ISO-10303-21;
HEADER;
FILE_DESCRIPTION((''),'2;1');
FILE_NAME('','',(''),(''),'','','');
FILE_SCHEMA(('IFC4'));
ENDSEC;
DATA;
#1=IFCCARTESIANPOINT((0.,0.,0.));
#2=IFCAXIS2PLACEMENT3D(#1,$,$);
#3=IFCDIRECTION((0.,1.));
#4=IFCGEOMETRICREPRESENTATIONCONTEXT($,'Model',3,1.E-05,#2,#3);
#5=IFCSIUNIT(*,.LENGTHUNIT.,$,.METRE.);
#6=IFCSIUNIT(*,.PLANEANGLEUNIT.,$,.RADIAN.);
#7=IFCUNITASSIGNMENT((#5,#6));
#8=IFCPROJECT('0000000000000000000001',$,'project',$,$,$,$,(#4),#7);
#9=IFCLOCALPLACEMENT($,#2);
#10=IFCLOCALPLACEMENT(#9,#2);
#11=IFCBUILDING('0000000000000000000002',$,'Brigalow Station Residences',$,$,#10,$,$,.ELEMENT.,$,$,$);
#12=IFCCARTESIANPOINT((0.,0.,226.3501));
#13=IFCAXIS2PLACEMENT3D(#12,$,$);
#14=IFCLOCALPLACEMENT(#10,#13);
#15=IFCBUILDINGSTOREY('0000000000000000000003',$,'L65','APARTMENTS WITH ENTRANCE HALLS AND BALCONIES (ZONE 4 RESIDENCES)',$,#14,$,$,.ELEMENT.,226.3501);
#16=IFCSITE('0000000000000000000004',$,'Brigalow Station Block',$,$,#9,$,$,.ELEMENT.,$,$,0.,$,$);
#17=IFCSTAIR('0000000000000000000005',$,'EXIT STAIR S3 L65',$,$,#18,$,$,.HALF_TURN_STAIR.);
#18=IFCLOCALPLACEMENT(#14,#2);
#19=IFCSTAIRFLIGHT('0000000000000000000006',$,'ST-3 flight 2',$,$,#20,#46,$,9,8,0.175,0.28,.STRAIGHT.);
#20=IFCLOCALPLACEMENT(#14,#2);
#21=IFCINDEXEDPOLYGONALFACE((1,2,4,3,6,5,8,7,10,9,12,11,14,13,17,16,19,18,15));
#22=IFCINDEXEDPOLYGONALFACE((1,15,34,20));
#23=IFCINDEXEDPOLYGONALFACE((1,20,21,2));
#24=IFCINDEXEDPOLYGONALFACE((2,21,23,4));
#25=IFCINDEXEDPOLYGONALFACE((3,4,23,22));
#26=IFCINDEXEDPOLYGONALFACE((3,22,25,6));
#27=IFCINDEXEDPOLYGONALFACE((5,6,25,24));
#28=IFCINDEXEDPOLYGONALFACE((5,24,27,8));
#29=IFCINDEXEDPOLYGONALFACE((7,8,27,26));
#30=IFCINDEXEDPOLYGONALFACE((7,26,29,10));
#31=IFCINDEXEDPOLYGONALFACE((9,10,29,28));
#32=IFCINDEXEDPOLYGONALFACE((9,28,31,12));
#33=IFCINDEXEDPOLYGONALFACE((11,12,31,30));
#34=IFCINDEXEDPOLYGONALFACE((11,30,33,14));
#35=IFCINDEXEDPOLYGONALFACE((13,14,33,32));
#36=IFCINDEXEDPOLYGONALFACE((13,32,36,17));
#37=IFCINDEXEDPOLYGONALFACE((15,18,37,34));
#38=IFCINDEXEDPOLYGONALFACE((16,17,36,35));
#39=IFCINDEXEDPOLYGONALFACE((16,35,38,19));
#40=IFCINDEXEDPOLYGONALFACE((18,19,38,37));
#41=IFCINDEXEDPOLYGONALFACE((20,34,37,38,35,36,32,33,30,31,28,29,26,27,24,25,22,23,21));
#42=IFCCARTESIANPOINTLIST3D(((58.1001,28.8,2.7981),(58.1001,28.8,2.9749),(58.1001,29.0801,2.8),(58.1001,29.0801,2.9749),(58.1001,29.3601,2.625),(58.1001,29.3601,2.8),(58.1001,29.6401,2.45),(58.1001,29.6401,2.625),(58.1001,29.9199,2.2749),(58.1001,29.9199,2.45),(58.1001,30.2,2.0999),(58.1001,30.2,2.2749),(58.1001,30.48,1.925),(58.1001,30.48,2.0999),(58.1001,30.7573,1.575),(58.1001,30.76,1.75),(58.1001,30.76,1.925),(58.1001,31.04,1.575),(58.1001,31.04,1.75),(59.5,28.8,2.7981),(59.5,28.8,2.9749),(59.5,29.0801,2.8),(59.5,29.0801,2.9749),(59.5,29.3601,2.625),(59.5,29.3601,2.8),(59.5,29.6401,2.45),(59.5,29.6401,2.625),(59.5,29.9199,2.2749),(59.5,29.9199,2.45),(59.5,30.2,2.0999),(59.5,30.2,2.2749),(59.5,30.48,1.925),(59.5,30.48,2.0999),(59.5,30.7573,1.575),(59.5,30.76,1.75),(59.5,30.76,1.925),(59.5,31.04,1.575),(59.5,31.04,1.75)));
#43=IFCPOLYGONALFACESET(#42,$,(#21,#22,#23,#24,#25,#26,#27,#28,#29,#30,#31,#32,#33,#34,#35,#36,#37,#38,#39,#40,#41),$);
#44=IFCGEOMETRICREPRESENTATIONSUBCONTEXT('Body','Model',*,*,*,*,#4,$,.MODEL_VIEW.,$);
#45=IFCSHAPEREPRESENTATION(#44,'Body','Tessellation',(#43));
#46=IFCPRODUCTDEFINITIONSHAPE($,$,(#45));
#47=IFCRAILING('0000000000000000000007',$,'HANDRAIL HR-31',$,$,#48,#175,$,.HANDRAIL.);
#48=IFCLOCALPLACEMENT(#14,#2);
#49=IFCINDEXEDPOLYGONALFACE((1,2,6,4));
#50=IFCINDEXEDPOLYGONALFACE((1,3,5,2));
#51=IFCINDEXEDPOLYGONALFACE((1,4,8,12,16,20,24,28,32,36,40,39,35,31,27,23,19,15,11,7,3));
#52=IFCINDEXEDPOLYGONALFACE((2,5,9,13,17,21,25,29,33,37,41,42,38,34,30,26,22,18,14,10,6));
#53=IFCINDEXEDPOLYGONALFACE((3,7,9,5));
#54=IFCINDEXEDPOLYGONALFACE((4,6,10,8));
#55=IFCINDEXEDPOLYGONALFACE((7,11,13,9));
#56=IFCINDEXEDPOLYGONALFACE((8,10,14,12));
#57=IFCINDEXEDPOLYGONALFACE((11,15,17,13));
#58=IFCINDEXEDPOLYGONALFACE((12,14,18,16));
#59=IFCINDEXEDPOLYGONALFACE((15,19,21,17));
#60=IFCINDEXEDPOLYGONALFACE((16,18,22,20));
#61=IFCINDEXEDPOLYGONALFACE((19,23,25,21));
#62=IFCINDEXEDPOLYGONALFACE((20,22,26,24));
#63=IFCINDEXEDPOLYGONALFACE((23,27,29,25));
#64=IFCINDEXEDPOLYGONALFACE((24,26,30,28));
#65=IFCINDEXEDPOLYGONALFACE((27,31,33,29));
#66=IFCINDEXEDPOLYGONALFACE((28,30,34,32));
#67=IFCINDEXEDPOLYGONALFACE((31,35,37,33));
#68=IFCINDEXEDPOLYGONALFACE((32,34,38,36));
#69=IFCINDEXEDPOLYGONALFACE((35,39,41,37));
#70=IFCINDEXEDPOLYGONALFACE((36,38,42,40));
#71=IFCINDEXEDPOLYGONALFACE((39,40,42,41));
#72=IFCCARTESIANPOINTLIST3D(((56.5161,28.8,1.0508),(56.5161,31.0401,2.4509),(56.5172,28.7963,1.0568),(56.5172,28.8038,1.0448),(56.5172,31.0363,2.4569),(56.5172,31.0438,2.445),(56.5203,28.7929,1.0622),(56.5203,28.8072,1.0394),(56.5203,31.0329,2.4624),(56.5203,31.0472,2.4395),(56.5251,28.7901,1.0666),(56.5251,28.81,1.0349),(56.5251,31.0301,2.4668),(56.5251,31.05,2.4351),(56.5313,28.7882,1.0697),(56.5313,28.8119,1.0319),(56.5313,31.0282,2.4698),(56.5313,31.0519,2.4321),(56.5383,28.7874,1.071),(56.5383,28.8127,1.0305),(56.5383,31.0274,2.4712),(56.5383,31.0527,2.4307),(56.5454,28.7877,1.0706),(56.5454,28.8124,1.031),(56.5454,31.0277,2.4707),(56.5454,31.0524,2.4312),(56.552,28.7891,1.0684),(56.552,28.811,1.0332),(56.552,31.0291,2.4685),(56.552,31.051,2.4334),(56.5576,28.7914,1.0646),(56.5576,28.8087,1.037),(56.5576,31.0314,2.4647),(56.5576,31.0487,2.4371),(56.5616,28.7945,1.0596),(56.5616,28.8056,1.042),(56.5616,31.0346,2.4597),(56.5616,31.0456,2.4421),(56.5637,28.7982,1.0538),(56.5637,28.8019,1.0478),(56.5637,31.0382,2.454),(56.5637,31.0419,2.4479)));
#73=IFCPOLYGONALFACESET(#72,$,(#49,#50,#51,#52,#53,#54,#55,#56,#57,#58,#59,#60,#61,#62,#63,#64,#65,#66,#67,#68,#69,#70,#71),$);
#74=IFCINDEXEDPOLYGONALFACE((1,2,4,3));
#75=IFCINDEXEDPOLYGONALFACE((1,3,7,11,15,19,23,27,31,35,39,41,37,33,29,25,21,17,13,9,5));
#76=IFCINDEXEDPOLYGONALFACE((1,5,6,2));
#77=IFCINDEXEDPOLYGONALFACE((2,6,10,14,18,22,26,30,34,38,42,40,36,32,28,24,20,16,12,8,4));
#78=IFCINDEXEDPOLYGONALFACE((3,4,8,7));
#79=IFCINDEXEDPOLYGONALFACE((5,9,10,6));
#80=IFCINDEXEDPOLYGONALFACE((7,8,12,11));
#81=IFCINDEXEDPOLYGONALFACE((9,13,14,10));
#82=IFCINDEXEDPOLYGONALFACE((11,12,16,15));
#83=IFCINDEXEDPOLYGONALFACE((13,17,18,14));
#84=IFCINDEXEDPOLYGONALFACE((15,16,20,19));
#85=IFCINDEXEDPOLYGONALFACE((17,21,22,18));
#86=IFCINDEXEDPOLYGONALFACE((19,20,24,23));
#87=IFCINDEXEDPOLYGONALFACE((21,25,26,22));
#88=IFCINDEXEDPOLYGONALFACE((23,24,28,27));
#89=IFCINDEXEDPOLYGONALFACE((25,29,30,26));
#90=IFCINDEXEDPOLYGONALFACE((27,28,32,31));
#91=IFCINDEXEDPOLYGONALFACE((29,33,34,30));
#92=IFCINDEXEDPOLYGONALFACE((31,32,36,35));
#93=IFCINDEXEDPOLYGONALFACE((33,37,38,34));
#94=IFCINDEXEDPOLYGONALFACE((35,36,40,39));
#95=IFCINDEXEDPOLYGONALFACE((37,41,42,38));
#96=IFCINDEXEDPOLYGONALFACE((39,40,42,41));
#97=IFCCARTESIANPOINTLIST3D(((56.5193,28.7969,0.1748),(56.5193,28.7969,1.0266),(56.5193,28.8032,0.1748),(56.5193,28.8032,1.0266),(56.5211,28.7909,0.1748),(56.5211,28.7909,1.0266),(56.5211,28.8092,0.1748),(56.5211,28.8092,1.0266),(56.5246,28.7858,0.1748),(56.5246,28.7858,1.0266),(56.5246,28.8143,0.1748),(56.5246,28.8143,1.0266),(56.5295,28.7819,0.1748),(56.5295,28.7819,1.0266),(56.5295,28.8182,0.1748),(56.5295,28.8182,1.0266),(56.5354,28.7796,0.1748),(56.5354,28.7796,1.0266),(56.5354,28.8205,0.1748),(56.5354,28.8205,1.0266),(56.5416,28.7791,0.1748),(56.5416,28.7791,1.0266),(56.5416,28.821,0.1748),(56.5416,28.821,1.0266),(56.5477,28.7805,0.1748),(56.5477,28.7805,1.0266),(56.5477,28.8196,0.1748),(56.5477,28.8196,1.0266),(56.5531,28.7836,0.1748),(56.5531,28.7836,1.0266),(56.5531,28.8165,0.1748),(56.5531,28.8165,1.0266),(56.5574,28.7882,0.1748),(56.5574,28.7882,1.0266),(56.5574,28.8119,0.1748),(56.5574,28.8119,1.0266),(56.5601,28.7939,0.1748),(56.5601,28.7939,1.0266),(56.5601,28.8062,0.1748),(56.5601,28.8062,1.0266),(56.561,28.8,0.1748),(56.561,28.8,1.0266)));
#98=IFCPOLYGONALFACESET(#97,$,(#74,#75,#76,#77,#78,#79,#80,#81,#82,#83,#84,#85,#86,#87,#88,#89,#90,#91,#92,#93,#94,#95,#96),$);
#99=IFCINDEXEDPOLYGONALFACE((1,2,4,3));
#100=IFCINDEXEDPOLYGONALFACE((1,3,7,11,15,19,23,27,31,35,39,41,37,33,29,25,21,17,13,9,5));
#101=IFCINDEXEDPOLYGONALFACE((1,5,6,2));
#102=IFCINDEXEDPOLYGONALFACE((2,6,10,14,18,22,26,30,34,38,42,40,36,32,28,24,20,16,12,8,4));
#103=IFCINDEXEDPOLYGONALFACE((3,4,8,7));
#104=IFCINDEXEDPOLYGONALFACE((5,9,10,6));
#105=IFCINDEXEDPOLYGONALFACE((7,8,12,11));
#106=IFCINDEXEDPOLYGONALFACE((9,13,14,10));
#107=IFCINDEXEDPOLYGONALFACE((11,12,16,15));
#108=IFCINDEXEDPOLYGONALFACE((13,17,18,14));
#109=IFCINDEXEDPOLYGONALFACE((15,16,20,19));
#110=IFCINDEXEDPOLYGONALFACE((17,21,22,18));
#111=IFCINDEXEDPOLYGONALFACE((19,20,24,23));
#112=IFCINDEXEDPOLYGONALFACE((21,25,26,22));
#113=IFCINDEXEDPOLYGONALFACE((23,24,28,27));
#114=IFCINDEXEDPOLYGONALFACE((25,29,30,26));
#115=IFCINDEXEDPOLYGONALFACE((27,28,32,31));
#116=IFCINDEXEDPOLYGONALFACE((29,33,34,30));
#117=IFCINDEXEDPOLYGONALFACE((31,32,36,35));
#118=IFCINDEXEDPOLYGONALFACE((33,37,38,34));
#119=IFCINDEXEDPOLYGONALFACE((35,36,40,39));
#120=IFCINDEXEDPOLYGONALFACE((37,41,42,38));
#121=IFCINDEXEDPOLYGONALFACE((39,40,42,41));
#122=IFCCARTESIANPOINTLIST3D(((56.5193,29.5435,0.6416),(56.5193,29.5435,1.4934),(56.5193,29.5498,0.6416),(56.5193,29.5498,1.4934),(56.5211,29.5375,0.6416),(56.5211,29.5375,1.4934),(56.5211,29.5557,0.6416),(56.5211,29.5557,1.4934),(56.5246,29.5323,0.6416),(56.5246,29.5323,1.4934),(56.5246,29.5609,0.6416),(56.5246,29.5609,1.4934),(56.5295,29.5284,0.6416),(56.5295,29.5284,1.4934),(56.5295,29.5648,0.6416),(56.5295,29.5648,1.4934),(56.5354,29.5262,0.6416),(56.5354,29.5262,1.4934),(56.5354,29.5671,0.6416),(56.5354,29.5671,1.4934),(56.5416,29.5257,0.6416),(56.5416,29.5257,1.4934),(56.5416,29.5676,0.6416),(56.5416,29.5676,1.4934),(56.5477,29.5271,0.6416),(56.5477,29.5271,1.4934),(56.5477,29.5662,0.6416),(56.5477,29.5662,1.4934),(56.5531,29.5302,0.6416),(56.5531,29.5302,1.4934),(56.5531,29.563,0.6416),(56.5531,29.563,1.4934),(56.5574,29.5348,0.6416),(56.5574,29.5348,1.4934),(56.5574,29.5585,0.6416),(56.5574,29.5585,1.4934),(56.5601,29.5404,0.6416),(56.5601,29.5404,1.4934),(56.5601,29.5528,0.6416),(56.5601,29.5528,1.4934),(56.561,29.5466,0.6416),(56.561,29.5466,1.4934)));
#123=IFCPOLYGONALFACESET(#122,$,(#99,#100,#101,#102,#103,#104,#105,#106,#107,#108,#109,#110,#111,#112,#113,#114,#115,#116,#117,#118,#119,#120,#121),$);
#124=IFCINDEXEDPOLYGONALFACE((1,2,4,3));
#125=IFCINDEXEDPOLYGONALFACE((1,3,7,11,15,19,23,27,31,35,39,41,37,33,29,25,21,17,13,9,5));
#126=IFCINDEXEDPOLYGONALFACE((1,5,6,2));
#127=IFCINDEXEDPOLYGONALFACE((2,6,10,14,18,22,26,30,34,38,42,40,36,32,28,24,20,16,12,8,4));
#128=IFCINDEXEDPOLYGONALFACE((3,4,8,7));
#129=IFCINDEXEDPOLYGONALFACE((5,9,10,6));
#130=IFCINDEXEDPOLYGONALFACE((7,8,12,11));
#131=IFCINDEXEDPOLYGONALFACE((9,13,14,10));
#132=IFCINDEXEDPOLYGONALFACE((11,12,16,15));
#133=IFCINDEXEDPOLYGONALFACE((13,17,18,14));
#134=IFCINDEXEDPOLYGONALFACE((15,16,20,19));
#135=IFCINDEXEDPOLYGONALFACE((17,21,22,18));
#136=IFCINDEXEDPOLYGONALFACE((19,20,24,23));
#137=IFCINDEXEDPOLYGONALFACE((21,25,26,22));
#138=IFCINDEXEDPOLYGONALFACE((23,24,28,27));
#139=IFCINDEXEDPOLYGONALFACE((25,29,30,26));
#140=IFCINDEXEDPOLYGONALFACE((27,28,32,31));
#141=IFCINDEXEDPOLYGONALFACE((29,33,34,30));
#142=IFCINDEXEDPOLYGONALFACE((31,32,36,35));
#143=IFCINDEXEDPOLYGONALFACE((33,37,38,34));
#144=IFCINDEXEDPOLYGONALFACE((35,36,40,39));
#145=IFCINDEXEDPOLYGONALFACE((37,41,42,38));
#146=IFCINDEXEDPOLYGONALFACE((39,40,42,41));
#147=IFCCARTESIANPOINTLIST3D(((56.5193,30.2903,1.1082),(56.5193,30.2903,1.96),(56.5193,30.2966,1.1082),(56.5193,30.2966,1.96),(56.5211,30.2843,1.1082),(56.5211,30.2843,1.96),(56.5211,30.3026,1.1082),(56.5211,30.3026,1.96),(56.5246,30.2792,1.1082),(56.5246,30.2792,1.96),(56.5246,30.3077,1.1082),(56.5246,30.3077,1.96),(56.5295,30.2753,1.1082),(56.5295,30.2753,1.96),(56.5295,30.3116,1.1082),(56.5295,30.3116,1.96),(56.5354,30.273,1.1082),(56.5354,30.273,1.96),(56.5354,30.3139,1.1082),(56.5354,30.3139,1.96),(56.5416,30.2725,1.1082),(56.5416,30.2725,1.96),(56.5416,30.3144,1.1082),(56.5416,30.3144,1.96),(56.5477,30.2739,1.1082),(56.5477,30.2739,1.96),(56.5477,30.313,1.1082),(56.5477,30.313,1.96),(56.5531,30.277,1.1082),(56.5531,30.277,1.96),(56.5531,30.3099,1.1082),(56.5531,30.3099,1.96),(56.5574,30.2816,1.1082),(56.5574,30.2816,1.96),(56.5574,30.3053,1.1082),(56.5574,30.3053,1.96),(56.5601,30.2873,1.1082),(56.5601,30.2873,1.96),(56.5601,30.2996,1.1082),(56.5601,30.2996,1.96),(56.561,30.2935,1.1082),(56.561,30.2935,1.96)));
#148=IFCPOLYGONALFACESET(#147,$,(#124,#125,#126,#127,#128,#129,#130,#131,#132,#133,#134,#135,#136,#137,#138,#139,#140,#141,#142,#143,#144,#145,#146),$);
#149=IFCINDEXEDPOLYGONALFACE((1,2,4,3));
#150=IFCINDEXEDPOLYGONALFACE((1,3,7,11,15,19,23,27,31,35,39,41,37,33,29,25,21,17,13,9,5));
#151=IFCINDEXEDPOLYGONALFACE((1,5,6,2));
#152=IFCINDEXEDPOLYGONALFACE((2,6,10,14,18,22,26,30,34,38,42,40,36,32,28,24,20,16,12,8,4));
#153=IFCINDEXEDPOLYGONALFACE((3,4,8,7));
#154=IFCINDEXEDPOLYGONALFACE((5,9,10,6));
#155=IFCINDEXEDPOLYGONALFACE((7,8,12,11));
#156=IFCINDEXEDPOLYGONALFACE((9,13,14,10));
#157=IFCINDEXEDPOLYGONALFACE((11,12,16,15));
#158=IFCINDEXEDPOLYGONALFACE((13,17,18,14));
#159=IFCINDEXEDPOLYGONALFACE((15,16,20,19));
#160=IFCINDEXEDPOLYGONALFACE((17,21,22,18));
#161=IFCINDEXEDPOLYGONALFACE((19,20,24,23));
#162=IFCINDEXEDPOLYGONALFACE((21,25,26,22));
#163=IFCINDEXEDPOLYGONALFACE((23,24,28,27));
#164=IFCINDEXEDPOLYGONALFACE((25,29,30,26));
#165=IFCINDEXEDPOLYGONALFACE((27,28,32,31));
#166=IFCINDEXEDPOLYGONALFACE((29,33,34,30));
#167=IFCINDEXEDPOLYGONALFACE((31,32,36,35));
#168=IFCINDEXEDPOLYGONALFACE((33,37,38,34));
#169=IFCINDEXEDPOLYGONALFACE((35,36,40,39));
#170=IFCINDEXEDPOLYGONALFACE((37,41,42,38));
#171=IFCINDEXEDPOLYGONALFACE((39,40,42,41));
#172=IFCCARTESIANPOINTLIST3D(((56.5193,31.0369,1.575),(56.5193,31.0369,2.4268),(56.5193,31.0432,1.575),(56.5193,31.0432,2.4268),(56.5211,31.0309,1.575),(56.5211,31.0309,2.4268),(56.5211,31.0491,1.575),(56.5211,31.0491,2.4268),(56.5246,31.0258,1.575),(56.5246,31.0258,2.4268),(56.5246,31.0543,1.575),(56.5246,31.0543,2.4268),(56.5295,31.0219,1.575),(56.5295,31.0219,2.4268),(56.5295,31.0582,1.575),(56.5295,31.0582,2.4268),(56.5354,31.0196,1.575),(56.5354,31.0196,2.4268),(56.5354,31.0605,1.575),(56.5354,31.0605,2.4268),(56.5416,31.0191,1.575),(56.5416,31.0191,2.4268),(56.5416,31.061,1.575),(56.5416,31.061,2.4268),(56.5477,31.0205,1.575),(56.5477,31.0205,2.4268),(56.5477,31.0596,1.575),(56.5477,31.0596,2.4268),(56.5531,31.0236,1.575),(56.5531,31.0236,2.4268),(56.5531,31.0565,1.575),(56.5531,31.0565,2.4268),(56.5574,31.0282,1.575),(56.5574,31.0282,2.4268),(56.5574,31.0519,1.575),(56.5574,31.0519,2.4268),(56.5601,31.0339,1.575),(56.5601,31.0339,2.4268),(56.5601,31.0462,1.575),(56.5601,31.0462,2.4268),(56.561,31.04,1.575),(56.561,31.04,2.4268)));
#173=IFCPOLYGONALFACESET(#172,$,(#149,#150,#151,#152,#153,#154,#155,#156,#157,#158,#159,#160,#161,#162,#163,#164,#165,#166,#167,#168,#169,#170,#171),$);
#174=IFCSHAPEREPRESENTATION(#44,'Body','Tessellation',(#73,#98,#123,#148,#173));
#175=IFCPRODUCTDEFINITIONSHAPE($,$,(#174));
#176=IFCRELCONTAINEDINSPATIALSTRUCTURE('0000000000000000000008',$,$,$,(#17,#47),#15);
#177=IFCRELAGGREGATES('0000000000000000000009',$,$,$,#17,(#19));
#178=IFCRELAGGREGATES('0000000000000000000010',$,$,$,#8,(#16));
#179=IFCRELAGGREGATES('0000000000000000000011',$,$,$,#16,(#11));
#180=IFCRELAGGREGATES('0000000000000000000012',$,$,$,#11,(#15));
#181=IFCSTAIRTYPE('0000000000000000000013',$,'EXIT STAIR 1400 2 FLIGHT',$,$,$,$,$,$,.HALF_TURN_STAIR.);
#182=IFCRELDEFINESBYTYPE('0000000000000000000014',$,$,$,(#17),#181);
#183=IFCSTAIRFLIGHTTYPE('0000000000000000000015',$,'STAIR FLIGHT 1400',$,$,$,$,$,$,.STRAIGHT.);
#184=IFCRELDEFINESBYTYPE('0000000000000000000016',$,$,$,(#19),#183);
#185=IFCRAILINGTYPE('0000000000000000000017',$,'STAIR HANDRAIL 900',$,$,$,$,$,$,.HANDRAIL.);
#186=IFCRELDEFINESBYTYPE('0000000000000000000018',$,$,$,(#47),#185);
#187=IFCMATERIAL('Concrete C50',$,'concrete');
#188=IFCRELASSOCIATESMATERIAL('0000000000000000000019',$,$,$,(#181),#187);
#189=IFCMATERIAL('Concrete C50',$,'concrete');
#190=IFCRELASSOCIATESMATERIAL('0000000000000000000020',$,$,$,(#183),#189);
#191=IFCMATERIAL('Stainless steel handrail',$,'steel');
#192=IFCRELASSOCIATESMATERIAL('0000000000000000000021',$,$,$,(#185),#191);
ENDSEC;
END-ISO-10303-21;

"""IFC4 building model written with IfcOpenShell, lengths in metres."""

from ifc_helpers import new_model, si_unit, direction, frame, origin, origin_2d, place, context, subcontext, project, spatial, polyline, circle, outline, extrude, material, type_object, element, aggregate, save


model = new_model("IFC4")

# Units and contexts
model_context = context("Model", 3, precision=1e-05, world=origin(), true_north=direction((0.0, 1.0)))
body_context = subcontext(model_context, "Body", "Model", "MODEL_VIEW")
ifc_project = project(units=[si_unit("LENGTHUNIT", "METRE"), si_unit("PLANEANGLEUNIT", "RADIAN")], contexts=[model_context])

# Site, building, storey
site_placement = place(None, origin())
site = spatial("IfcSite", under=ifc_project, at=site_placement, Name="Brigalow Station Block", CompositionType="ELEMENT", RefElevation=0.0)
building_placement = place(site_placement, origin())
building = spatial("IfcBuilding", under=site, at=building_placement, Name="Brigalow Station Residences", CompositionType="ELEMENT")
storey_placement = place(building_placement, frame((0.0, 0.0, 226.3501)))
storey = spatial("IfcBuildingStorey", under=building, at=storey_placement, Name="L65", Description="APARTMENTS WITH ENTRANCE HALLS AND BALCONIES (ZONE 4 RESIDENCES)", CompositionType="ELEMENT", Elevation=226.3501)

# Stair, stair flight
ifc_material_1 = material(Name="Concrete C50", Category="concrete")
stair_type = type_object("IfcStairType", Name="EXIT STAIR 1400 2 FLIGHT", PredefinedType="HALF_TURN_STAIR", material=ifc_material_1)
stair_placement = place(storey_placement, origin())
stair = element("IfcStair", 1, at=stair_placement, inside=storey, type_object=stair_type, Name="EXIT STAIR S3 L65", PredefinedType="HALF_TURN_STAIR")
ifc_material_2 = material(Name="Concrete C50", Category="concrete")
stair_flight_type = type_object("IfcStairFlightType", Name="STAIR FLIGHT 1400", PredefinedType="STRAIGHT", material=ifc_material_2)
stair_flight_1_placement = place(storey_placement, frame((58.8, 31.04, 1.575), z_axis=(0.0, 0.0, 1.0), x_axis=(0.0, -1.0, 0.0)))
stair_flight_1 = element("IfcStairFlight", 2, at=stair_flight_1_placement, type_object=stair_flight_type, Name="ST-3 flight 2", NumberOfRisers=9, NumberOfTreads=8, PredefinedType="STRAIGHT", RiserHeight=0.175, TreadLength=0.28, context=body_context, shape_type="SweptSolid", body=[
    extrude(outline(polyline([(0.0, 0.0), (0.0, 0.175), (0.28, 0.175), (0.28, 0.3501), (0.5601, 0.3501), (0.5601, 0.5249), (0.8401, 0.5249), (0.8401, 0.7), (1.1201, 0.7), (1.1201, 0.875), (1.3999, 0.875), (1.3999, 1.05), (1.6799, 1.05), (1.6799, 1.2251), (1.96, 1.2251), (1.96, 1.3999), (2.24, 1.3999), (2.24, 1.575), (2.24, 1.2231), (0.2827, 0.0), (0.0, 0.0)])), frame((0.0, 0.7, 0.0), z_axis=(0.0, -1.0, 0.0), x_axis=(1.0, 0.0, 0.0)), (0.0, 0.0, 1.0), 1.3999),
])
aggregate(stair, [stair_flight_1])

# Railing
ifc_material_3 = material(Name="Stainless steel handrail", Category="steel")
railing_type_1 = type_object("IfcRailingType", Name="STAIR HANDRAIL 900", PredefinedType="HANDRAIL", material=ifc_material_3)
railing_1_placement = place(storey_placement, frame((56.54, 28.8, 0.1748)))
element("IfcRailing", 3, at=railing_1_placement, inside=storey, type_object=railing_type_1, Name="HANDRAIL HR-31", PredefinedType="HANDRAIL", context=body_context, shape_type="SweptSolid", body=[
    extrude(circle(Radius=0.0239, at=origin_2d()), frame((0.0, 0.0, 0.876), z_axis=(0.0, 0.847972, 0.53004), x_axis=(-1.0, 0.0, 0.0)), (0.0, 0.0, 1.0), 2.6416),
    extrude(circle(Radius=0.021, at=origin_2d()), origin(), (0.0, 0.0, 1.0), 0.8518),
    extrude(circle(Radius=0.021, at=origin_2d()), frame((0.0, 0.7466, 0.4668)), (0.0, 0.0, 1.0), 0.8518),
    extrude(circle(Radius=0.021, at=origin_2d()), frame((0.0, 1.4934, 0.9333)), (0.0, 0.0, 1.0), 0.8518),
    extrude(circle(Radius=0.021, at=origin_2d()), frame((0.0, 2.24, 1.4001)), (0.0, 0.0, 1.0), 0.8518),
])

save(model, "model.ifc")
